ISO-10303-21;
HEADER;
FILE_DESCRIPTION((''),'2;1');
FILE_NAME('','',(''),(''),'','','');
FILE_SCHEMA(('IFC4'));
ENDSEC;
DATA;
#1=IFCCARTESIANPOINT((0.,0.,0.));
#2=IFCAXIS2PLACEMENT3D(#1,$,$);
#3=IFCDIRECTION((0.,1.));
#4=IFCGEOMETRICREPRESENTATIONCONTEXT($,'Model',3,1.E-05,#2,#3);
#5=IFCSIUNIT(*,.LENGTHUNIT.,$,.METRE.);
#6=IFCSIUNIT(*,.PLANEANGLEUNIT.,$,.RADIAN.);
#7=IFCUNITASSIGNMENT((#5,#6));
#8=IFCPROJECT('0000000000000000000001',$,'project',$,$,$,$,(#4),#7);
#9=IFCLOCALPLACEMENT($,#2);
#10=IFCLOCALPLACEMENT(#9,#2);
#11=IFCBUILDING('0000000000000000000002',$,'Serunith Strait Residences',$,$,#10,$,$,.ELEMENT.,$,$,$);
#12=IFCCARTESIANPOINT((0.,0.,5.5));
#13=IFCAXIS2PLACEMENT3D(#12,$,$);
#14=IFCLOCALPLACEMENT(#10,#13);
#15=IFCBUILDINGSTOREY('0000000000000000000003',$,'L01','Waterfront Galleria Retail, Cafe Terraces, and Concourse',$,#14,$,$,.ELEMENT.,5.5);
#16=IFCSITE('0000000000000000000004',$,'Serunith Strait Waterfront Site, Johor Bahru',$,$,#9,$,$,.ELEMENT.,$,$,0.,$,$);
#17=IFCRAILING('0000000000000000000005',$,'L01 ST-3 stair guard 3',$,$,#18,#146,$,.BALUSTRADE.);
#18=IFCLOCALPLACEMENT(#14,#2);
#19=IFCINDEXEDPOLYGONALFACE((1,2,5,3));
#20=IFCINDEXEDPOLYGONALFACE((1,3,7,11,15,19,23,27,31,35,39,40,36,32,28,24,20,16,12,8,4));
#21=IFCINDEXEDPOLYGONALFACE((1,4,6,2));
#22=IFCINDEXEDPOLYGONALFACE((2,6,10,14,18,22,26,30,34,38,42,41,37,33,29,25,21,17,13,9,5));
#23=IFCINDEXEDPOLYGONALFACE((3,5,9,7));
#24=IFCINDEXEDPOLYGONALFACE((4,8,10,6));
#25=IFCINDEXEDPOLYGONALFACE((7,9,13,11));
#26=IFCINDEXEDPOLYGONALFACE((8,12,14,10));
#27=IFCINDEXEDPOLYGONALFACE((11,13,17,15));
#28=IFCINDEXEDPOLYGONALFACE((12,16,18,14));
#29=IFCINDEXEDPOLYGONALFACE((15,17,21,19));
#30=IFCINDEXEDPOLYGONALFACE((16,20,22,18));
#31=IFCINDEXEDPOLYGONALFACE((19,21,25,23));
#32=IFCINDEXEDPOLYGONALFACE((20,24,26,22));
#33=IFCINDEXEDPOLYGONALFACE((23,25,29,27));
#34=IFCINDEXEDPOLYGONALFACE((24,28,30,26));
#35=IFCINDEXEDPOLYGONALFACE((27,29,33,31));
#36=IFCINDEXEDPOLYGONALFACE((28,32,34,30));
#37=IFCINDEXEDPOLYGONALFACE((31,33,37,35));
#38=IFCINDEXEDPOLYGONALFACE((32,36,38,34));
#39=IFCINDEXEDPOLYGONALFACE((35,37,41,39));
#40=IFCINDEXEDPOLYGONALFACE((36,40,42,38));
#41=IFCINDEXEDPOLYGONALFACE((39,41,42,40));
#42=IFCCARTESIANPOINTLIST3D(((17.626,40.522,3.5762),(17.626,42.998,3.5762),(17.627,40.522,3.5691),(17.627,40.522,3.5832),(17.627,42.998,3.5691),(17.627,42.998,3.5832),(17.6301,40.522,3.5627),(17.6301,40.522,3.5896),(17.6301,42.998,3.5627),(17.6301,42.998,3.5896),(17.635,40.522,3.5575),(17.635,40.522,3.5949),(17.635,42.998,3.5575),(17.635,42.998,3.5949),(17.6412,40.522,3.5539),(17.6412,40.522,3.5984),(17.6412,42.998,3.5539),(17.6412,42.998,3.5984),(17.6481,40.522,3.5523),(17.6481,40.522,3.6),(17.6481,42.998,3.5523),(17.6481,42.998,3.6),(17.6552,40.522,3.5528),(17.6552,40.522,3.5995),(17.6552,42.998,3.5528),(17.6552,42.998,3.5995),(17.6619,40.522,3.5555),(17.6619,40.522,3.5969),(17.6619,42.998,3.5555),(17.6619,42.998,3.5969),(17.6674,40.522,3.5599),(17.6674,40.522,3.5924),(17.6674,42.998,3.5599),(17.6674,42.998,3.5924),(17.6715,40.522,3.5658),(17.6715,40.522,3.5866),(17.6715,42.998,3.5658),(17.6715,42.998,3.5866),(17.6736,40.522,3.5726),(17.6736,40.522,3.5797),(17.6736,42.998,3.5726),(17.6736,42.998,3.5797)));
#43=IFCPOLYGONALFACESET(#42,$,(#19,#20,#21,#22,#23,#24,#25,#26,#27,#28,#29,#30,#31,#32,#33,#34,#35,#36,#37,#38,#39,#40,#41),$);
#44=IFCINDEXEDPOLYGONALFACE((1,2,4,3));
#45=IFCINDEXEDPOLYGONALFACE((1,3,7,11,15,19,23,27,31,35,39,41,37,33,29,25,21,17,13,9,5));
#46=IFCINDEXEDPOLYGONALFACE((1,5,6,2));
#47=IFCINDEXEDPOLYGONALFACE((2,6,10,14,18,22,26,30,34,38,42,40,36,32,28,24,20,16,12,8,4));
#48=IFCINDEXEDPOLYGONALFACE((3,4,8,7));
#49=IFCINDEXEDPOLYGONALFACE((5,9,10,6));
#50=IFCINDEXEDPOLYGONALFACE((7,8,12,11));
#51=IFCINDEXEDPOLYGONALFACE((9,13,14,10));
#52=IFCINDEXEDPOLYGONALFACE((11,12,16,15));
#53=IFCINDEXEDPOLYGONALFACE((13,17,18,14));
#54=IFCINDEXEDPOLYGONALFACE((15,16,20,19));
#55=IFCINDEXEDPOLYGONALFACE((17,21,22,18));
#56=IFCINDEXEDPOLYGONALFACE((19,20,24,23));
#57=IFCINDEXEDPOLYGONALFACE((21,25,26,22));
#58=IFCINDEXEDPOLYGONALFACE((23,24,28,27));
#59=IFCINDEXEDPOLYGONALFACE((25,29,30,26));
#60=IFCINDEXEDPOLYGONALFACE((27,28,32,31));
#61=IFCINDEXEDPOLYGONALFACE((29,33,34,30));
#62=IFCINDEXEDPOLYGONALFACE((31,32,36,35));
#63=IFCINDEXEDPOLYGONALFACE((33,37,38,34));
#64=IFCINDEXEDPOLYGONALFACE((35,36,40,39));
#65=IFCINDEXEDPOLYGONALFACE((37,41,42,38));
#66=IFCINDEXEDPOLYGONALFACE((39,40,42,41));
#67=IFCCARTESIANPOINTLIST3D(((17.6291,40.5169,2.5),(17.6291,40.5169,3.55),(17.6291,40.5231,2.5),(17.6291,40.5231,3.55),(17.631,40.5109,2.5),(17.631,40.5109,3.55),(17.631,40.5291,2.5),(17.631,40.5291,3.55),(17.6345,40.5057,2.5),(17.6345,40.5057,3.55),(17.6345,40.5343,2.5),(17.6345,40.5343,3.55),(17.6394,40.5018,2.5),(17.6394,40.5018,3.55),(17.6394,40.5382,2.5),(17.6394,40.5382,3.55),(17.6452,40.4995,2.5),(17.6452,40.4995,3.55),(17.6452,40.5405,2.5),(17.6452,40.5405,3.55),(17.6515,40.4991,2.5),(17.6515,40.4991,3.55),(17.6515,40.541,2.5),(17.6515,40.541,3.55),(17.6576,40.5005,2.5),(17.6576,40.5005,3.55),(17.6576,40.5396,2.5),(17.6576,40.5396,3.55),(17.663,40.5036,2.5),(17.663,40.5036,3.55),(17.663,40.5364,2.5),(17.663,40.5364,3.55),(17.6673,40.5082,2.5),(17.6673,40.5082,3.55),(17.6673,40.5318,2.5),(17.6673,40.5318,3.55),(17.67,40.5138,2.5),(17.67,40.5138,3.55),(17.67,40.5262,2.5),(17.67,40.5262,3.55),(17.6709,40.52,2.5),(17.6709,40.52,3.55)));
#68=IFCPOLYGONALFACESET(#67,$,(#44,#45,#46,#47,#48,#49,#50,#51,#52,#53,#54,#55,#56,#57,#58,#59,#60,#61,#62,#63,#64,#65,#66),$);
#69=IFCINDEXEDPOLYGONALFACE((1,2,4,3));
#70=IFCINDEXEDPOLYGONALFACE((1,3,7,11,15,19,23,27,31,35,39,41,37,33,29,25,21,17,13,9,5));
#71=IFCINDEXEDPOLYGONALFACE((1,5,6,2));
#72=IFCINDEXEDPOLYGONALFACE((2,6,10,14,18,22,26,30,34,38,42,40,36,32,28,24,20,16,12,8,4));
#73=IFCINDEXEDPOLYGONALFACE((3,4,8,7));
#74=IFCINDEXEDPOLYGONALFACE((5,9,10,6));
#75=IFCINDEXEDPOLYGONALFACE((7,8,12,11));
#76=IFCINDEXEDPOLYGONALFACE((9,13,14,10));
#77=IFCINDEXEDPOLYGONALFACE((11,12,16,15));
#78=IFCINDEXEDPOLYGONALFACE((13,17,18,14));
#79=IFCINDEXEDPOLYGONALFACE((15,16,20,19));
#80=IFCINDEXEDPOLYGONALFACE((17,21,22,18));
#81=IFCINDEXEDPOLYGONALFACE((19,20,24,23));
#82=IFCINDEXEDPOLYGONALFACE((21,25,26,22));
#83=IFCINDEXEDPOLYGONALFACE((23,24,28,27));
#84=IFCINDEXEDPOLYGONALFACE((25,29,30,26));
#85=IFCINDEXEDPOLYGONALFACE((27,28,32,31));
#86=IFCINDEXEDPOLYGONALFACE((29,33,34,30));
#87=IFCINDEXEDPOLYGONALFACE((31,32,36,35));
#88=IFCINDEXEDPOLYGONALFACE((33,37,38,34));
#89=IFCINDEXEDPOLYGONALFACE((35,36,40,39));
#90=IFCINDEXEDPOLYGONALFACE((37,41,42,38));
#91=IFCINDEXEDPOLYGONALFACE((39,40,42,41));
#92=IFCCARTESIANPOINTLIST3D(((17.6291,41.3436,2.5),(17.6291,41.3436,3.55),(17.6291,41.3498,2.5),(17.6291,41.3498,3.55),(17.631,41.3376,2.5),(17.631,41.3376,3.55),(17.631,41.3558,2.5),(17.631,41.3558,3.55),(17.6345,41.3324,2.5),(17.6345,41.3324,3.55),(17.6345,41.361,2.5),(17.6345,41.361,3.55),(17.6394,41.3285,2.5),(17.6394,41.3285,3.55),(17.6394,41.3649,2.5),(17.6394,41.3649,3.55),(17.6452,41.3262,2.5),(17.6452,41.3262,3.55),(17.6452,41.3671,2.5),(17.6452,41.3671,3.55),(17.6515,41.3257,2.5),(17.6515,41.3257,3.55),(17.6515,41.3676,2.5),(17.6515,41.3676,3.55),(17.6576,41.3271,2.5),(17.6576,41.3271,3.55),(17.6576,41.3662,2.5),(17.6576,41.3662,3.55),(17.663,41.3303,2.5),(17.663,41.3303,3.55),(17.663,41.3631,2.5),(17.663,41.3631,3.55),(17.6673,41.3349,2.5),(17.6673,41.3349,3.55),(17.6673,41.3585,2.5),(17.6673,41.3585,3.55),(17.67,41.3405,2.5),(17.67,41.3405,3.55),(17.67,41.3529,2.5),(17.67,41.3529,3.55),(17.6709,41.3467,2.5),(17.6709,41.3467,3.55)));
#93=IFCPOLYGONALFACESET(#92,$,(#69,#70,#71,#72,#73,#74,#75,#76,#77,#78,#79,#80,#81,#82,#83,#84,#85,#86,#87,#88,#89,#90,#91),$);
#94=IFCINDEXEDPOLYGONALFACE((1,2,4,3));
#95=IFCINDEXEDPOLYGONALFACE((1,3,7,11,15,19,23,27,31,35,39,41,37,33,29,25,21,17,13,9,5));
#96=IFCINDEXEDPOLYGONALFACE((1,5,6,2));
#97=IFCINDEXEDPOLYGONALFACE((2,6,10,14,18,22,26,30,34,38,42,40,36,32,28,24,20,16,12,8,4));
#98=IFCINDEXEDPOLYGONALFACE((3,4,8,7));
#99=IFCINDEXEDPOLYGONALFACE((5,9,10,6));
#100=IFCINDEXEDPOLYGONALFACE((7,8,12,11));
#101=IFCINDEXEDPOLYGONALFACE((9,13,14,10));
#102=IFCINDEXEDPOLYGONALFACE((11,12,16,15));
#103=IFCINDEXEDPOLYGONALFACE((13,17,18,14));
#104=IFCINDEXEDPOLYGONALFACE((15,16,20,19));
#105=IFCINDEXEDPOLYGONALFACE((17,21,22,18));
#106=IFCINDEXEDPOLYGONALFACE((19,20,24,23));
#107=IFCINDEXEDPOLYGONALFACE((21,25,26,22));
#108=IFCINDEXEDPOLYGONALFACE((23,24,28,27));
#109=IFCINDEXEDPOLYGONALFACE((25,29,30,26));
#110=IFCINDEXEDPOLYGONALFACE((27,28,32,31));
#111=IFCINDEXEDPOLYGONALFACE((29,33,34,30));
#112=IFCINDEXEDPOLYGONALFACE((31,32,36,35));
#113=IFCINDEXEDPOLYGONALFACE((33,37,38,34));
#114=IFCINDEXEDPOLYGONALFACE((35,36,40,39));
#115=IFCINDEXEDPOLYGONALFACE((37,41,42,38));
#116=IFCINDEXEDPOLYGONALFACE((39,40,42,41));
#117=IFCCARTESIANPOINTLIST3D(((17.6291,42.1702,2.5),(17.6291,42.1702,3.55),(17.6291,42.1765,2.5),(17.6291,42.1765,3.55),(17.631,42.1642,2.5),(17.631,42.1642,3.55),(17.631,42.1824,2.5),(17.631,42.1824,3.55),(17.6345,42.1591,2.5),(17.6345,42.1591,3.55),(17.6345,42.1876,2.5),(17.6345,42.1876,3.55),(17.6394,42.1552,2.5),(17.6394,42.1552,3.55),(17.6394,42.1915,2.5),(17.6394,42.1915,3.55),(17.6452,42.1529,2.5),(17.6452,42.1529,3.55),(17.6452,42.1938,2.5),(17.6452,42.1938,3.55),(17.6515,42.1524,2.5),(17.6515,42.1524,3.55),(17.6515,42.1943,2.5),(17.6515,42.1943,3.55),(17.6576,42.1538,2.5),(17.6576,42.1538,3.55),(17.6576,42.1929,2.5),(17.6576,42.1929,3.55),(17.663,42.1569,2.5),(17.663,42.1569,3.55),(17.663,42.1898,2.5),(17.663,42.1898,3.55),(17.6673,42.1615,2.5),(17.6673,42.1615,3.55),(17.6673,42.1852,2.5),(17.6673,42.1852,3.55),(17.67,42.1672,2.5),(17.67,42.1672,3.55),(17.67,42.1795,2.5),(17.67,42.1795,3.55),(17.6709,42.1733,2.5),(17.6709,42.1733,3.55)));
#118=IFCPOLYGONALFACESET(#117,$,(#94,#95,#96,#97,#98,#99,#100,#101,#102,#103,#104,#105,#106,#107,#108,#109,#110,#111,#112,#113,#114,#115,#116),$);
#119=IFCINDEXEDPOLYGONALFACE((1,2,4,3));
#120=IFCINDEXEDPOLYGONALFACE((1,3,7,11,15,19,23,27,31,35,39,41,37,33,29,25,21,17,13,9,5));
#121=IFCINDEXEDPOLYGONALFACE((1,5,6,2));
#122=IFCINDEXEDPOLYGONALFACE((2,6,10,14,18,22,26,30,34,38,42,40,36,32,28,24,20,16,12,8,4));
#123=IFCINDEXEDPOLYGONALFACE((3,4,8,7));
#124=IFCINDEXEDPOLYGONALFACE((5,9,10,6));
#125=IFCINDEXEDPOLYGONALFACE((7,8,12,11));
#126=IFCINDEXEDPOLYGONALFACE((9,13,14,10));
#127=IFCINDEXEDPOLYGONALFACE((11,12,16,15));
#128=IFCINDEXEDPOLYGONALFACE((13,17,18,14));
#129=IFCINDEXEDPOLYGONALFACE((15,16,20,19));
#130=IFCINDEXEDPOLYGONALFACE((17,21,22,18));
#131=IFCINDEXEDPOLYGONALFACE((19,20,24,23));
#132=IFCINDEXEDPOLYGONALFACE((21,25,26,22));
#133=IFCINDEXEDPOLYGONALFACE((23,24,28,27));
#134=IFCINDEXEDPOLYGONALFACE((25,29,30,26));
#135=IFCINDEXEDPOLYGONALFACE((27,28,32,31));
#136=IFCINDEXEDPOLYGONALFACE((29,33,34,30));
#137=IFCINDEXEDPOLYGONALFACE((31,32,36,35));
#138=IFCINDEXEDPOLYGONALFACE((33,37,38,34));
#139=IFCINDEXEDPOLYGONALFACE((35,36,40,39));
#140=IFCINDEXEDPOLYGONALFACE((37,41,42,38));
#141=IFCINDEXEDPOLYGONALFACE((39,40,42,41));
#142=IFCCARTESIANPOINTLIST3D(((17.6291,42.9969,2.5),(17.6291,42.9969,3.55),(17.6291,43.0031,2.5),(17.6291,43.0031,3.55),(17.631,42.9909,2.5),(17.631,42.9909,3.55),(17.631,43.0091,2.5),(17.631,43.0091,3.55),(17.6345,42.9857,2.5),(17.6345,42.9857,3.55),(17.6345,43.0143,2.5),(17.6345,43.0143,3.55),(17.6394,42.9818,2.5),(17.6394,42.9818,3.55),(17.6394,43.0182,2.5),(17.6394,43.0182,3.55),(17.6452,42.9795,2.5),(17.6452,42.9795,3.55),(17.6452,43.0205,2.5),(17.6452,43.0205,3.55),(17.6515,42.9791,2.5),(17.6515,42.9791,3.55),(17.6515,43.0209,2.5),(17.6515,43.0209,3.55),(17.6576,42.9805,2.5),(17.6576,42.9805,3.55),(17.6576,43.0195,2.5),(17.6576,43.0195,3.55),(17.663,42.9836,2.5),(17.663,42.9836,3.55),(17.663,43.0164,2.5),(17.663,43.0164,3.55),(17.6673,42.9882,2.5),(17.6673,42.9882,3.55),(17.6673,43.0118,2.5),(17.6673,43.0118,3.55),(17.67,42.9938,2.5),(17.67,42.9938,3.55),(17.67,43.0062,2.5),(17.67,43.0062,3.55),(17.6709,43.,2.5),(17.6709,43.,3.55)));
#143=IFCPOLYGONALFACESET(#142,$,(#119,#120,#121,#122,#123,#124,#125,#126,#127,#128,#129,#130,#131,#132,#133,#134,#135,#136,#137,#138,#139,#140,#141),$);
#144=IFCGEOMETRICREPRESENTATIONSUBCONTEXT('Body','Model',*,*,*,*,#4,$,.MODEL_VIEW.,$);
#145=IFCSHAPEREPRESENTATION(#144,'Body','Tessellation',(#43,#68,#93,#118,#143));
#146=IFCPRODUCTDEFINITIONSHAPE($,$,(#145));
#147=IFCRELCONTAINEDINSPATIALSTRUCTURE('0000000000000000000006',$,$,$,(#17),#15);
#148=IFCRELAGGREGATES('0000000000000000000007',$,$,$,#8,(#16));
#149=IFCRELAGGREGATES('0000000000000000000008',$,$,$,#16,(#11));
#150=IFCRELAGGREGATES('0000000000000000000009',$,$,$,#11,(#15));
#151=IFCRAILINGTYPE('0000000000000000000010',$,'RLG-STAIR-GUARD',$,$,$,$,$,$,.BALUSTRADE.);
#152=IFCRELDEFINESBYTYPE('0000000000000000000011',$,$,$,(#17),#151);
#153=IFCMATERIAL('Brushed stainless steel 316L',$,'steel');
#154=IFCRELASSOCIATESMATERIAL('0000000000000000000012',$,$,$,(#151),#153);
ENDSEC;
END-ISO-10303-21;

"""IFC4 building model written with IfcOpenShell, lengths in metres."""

from ifc_helpers import new_model, si_unit, direction, frame, origin, origin_2d, place, context, subcontext, project, spatial, circle, extrude, material, type_object, element, save


model = new_model("IFC4")

# Units and contexts
model_context = context("Model", 3, precision=1e-05, world=origin(), true_north=direction((0.0, 1.0)))
body_context = subcontext(model_context, "Body", "Model", "MODEL_VIEW")
ifc_project = project(units=[si_unit("LENGTHUNIT", "METRE"), si_unit("PLANEANGLEUNIT", "RADIAN")], contexts=[model_context])

# Site, building, storey
site_placement = place(None, origin())
site = spatial("IfcSite", under=ifc_project, at=site_placement, Name="Serunith Strait Waterfront Site, Johor Bahru", CompositionType="ELEMENT", RefElevation=0.0)
building_placement = place(site_placement, origin())
building = spatial("IfcBuilding", under=site, at=building_placement, Name="Serunith Strait Residences", CompositionType="ELEMENT")
storey_placement = place(building_placement, frame((0.0, 0.0, 5.5)))
storey = spatial("IfcBuildingStorey", under=building, at=storey_placement, Name="L01", Description="Waterfront Galleria Retail, Cafe Terraces, and Concourse", CompositionType="ELEMENT", Elevation=5.5)

# Railing
ifc_material_1 = material(Name="Brushed stainless steel 316L", Category="steel")
railing_type_1 = type_object("IfcRailingType", Name="RLG-STAIR-GUARD", PredefinedType="BALUSTRADE", material=ifc_material_1)
railing_1_placement = place(storey_placement, frame((17.6499, 40.52, 2.5)))
element("IfcRailing", 1, at=railing_1_placement, inside=storey, type_object=railing_type_1, Name="L01 ST-3 stair guard 3", PredefinedType="BALUSTRADE", context=body_context, shape_type="SweptSolid", body=[
    extrude(circle(Radius=0.0239, at=origin_2d()), frame((0.0, 0.002, 1.0762), z_axis=(0.0, 1.0, 0.0), x_axis=(-1.0, 0.0, 0.0)), (0.0, 0.0, 1.0), 2.4761),
    extrude(circle(Radius=0.021, at=origin_2d()), origin(), (0.0, 0.0, 1.0), 1.05),
    extrude(circle(Radius=0.021, at=origin_2d()), frame((0.0, 0.8267, 0.0)), (0.0, 0.0, 1.0), 1.05),
    extrude(circle(Radius=0.021, at=origin_2d()), frame((0.0, 1.6533, 0.0)), (0.0, 0.0, 1.0), 1.05),
    extrude(circle(Radius=0.021, at=origin_2d()), frame((0.0, 2.48, 0.0)), (0.0, 0.0, 1.0), 1.05),
])

save(model, "model.ifc")
